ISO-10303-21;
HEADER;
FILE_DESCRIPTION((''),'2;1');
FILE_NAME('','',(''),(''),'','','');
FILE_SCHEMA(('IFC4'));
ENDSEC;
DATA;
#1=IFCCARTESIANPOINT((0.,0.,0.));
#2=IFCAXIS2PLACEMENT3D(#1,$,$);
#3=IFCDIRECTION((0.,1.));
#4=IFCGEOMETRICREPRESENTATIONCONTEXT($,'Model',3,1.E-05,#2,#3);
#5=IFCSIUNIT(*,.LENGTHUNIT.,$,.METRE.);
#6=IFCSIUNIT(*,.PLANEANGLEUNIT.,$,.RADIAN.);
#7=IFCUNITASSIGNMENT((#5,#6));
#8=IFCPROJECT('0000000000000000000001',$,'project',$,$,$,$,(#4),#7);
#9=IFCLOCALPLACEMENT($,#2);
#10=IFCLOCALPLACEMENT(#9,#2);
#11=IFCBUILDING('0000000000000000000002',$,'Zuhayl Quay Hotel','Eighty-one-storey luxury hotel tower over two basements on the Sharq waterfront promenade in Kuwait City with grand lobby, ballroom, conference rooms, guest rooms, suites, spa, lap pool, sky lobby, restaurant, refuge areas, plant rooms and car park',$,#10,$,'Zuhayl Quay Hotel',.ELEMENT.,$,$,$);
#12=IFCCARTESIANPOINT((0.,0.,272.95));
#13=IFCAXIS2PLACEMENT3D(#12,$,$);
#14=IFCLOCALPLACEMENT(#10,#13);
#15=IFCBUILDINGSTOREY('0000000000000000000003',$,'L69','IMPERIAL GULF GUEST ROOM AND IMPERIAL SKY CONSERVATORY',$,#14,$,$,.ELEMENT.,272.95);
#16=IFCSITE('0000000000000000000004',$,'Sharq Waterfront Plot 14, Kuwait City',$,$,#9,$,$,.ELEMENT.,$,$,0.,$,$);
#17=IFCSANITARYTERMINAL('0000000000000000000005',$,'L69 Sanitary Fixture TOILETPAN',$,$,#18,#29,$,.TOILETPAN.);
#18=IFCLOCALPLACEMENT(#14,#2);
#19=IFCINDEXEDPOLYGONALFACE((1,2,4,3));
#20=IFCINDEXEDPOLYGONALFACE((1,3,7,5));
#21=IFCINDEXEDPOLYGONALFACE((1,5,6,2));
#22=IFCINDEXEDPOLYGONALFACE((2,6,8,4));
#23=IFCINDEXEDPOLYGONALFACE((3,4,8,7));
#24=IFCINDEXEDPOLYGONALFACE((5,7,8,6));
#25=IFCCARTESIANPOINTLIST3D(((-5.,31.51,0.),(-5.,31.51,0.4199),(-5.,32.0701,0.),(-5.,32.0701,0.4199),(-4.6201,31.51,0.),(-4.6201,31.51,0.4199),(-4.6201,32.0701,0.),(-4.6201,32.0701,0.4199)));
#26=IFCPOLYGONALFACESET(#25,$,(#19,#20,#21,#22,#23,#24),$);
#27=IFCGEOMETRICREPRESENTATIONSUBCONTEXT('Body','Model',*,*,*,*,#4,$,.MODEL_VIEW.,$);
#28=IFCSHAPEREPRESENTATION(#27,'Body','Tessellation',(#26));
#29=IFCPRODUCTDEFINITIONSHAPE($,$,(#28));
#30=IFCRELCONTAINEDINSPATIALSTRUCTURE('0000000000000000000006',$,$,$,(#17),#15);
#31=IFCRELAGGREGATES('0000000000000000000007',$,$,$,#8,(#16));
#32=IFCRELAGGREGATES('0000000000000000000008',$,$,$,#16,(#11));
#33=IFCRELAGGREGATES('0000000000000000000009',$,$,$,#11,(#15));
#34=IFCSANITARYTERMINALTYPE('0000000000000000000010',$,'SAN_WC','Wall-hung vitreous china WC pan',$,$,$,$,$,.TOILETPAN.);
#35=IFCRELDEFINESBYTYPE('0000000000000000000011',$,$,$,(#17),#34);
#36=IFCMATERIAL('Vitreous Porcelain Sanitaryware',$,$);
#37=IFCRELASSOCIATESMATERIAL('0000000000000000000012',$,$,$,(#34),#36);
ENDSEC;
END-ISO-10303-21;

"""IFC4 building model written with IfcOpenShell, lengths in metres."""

from ifc_helpers import new_model, si_unit, direction, frame, origin, origin_2d, place, context, subcontext, project, spatial, rectangle, extrude, material, type_object, element, save


model = new_model("IFC4")

# Units and contexts
model_context = context("Model", 3, precision=1e-05, world=origin(), true_north=direction((0.0, 1.0)))
body_context = subcontext(model_context, "Body", "Model", "MODEL_VIEW")
ifc_project = project(units=[si_unit("LENGTHUNIT", "METRE"), si_unit("PLANEANGLEUNIT", "RADIAN")], contexts=[model_context])

# Site, building, storey
site_placement = place(None, origin())
site = spatial("IfcSite", under=ifc_project, at=site_placement, Name="Sharq Waterfront Plot 14, Kuwait City", CompositionType="ELEMENT", RefElevation=0.0)
building_placement = place(site_placement, origin())
building = spatial("IfcBuilding", under=site, at=building_placement, Name="Zuhayl Quay Hotel", Description="Eighty-one-storey luxury hotel tower over two basements on the Sharq waterfront promenade in Kuwait City with grand lobby, ballroom, conference rooms, guest rooms, suites, spa, lap pool, sky lobby, restaurant, refuge areas, plant rooms and car park", LongName="Zuhayl Quay Hotel", CompositionType="ELEMENT")
storey_placement = place(building_placement, frame((0.0, 0.0, 272.95)))
storey = spatial("IfcBuildingStorey", under=building, at=storey_placement, Name="L69", Description="IMPERIAL GULF GUEST ROOM AND IMPERIAL SKY CONSERVATORY", CompositionType="ELEMENT", Elevation=272.95)

# Sanitary terminal
ifc_material_1 = material(Name="Vitreous Porcelain Sanitaryware")
sanitary_terminal_type_1 = type_object("IfcSanitaryTerminalType", Name="SAN_WC", Description="Wall-hung vitreous china WC pan", PredefinedType="TOILETPAN", material=ifc_material_1)
sanitary_terminal_placement = place(storey_placement, frame((-4.8101, 31.79, 0.0), z_axis=(0.0, 0.0, 1.0), x_axis=(1.0, 0.0, 0.0)))
element("IfcSanitaryTerminal", 1, at=sanitary_terminal_placement, inside=storey, type_object=sanitary_terminal_type_1, Name="L69 Sanitary Fixture TOILETPAN", PredefinedType="TOILETPAN", context=body_context, shape_type="SweptSolid", body=[
    extrude(rectangle(XDim=0.3799, YDim=0.5601, at=origin_2d()), origin(), (0.0, 0.0, 1.0), 0.4199),
])

save(model, "model.ifc")
